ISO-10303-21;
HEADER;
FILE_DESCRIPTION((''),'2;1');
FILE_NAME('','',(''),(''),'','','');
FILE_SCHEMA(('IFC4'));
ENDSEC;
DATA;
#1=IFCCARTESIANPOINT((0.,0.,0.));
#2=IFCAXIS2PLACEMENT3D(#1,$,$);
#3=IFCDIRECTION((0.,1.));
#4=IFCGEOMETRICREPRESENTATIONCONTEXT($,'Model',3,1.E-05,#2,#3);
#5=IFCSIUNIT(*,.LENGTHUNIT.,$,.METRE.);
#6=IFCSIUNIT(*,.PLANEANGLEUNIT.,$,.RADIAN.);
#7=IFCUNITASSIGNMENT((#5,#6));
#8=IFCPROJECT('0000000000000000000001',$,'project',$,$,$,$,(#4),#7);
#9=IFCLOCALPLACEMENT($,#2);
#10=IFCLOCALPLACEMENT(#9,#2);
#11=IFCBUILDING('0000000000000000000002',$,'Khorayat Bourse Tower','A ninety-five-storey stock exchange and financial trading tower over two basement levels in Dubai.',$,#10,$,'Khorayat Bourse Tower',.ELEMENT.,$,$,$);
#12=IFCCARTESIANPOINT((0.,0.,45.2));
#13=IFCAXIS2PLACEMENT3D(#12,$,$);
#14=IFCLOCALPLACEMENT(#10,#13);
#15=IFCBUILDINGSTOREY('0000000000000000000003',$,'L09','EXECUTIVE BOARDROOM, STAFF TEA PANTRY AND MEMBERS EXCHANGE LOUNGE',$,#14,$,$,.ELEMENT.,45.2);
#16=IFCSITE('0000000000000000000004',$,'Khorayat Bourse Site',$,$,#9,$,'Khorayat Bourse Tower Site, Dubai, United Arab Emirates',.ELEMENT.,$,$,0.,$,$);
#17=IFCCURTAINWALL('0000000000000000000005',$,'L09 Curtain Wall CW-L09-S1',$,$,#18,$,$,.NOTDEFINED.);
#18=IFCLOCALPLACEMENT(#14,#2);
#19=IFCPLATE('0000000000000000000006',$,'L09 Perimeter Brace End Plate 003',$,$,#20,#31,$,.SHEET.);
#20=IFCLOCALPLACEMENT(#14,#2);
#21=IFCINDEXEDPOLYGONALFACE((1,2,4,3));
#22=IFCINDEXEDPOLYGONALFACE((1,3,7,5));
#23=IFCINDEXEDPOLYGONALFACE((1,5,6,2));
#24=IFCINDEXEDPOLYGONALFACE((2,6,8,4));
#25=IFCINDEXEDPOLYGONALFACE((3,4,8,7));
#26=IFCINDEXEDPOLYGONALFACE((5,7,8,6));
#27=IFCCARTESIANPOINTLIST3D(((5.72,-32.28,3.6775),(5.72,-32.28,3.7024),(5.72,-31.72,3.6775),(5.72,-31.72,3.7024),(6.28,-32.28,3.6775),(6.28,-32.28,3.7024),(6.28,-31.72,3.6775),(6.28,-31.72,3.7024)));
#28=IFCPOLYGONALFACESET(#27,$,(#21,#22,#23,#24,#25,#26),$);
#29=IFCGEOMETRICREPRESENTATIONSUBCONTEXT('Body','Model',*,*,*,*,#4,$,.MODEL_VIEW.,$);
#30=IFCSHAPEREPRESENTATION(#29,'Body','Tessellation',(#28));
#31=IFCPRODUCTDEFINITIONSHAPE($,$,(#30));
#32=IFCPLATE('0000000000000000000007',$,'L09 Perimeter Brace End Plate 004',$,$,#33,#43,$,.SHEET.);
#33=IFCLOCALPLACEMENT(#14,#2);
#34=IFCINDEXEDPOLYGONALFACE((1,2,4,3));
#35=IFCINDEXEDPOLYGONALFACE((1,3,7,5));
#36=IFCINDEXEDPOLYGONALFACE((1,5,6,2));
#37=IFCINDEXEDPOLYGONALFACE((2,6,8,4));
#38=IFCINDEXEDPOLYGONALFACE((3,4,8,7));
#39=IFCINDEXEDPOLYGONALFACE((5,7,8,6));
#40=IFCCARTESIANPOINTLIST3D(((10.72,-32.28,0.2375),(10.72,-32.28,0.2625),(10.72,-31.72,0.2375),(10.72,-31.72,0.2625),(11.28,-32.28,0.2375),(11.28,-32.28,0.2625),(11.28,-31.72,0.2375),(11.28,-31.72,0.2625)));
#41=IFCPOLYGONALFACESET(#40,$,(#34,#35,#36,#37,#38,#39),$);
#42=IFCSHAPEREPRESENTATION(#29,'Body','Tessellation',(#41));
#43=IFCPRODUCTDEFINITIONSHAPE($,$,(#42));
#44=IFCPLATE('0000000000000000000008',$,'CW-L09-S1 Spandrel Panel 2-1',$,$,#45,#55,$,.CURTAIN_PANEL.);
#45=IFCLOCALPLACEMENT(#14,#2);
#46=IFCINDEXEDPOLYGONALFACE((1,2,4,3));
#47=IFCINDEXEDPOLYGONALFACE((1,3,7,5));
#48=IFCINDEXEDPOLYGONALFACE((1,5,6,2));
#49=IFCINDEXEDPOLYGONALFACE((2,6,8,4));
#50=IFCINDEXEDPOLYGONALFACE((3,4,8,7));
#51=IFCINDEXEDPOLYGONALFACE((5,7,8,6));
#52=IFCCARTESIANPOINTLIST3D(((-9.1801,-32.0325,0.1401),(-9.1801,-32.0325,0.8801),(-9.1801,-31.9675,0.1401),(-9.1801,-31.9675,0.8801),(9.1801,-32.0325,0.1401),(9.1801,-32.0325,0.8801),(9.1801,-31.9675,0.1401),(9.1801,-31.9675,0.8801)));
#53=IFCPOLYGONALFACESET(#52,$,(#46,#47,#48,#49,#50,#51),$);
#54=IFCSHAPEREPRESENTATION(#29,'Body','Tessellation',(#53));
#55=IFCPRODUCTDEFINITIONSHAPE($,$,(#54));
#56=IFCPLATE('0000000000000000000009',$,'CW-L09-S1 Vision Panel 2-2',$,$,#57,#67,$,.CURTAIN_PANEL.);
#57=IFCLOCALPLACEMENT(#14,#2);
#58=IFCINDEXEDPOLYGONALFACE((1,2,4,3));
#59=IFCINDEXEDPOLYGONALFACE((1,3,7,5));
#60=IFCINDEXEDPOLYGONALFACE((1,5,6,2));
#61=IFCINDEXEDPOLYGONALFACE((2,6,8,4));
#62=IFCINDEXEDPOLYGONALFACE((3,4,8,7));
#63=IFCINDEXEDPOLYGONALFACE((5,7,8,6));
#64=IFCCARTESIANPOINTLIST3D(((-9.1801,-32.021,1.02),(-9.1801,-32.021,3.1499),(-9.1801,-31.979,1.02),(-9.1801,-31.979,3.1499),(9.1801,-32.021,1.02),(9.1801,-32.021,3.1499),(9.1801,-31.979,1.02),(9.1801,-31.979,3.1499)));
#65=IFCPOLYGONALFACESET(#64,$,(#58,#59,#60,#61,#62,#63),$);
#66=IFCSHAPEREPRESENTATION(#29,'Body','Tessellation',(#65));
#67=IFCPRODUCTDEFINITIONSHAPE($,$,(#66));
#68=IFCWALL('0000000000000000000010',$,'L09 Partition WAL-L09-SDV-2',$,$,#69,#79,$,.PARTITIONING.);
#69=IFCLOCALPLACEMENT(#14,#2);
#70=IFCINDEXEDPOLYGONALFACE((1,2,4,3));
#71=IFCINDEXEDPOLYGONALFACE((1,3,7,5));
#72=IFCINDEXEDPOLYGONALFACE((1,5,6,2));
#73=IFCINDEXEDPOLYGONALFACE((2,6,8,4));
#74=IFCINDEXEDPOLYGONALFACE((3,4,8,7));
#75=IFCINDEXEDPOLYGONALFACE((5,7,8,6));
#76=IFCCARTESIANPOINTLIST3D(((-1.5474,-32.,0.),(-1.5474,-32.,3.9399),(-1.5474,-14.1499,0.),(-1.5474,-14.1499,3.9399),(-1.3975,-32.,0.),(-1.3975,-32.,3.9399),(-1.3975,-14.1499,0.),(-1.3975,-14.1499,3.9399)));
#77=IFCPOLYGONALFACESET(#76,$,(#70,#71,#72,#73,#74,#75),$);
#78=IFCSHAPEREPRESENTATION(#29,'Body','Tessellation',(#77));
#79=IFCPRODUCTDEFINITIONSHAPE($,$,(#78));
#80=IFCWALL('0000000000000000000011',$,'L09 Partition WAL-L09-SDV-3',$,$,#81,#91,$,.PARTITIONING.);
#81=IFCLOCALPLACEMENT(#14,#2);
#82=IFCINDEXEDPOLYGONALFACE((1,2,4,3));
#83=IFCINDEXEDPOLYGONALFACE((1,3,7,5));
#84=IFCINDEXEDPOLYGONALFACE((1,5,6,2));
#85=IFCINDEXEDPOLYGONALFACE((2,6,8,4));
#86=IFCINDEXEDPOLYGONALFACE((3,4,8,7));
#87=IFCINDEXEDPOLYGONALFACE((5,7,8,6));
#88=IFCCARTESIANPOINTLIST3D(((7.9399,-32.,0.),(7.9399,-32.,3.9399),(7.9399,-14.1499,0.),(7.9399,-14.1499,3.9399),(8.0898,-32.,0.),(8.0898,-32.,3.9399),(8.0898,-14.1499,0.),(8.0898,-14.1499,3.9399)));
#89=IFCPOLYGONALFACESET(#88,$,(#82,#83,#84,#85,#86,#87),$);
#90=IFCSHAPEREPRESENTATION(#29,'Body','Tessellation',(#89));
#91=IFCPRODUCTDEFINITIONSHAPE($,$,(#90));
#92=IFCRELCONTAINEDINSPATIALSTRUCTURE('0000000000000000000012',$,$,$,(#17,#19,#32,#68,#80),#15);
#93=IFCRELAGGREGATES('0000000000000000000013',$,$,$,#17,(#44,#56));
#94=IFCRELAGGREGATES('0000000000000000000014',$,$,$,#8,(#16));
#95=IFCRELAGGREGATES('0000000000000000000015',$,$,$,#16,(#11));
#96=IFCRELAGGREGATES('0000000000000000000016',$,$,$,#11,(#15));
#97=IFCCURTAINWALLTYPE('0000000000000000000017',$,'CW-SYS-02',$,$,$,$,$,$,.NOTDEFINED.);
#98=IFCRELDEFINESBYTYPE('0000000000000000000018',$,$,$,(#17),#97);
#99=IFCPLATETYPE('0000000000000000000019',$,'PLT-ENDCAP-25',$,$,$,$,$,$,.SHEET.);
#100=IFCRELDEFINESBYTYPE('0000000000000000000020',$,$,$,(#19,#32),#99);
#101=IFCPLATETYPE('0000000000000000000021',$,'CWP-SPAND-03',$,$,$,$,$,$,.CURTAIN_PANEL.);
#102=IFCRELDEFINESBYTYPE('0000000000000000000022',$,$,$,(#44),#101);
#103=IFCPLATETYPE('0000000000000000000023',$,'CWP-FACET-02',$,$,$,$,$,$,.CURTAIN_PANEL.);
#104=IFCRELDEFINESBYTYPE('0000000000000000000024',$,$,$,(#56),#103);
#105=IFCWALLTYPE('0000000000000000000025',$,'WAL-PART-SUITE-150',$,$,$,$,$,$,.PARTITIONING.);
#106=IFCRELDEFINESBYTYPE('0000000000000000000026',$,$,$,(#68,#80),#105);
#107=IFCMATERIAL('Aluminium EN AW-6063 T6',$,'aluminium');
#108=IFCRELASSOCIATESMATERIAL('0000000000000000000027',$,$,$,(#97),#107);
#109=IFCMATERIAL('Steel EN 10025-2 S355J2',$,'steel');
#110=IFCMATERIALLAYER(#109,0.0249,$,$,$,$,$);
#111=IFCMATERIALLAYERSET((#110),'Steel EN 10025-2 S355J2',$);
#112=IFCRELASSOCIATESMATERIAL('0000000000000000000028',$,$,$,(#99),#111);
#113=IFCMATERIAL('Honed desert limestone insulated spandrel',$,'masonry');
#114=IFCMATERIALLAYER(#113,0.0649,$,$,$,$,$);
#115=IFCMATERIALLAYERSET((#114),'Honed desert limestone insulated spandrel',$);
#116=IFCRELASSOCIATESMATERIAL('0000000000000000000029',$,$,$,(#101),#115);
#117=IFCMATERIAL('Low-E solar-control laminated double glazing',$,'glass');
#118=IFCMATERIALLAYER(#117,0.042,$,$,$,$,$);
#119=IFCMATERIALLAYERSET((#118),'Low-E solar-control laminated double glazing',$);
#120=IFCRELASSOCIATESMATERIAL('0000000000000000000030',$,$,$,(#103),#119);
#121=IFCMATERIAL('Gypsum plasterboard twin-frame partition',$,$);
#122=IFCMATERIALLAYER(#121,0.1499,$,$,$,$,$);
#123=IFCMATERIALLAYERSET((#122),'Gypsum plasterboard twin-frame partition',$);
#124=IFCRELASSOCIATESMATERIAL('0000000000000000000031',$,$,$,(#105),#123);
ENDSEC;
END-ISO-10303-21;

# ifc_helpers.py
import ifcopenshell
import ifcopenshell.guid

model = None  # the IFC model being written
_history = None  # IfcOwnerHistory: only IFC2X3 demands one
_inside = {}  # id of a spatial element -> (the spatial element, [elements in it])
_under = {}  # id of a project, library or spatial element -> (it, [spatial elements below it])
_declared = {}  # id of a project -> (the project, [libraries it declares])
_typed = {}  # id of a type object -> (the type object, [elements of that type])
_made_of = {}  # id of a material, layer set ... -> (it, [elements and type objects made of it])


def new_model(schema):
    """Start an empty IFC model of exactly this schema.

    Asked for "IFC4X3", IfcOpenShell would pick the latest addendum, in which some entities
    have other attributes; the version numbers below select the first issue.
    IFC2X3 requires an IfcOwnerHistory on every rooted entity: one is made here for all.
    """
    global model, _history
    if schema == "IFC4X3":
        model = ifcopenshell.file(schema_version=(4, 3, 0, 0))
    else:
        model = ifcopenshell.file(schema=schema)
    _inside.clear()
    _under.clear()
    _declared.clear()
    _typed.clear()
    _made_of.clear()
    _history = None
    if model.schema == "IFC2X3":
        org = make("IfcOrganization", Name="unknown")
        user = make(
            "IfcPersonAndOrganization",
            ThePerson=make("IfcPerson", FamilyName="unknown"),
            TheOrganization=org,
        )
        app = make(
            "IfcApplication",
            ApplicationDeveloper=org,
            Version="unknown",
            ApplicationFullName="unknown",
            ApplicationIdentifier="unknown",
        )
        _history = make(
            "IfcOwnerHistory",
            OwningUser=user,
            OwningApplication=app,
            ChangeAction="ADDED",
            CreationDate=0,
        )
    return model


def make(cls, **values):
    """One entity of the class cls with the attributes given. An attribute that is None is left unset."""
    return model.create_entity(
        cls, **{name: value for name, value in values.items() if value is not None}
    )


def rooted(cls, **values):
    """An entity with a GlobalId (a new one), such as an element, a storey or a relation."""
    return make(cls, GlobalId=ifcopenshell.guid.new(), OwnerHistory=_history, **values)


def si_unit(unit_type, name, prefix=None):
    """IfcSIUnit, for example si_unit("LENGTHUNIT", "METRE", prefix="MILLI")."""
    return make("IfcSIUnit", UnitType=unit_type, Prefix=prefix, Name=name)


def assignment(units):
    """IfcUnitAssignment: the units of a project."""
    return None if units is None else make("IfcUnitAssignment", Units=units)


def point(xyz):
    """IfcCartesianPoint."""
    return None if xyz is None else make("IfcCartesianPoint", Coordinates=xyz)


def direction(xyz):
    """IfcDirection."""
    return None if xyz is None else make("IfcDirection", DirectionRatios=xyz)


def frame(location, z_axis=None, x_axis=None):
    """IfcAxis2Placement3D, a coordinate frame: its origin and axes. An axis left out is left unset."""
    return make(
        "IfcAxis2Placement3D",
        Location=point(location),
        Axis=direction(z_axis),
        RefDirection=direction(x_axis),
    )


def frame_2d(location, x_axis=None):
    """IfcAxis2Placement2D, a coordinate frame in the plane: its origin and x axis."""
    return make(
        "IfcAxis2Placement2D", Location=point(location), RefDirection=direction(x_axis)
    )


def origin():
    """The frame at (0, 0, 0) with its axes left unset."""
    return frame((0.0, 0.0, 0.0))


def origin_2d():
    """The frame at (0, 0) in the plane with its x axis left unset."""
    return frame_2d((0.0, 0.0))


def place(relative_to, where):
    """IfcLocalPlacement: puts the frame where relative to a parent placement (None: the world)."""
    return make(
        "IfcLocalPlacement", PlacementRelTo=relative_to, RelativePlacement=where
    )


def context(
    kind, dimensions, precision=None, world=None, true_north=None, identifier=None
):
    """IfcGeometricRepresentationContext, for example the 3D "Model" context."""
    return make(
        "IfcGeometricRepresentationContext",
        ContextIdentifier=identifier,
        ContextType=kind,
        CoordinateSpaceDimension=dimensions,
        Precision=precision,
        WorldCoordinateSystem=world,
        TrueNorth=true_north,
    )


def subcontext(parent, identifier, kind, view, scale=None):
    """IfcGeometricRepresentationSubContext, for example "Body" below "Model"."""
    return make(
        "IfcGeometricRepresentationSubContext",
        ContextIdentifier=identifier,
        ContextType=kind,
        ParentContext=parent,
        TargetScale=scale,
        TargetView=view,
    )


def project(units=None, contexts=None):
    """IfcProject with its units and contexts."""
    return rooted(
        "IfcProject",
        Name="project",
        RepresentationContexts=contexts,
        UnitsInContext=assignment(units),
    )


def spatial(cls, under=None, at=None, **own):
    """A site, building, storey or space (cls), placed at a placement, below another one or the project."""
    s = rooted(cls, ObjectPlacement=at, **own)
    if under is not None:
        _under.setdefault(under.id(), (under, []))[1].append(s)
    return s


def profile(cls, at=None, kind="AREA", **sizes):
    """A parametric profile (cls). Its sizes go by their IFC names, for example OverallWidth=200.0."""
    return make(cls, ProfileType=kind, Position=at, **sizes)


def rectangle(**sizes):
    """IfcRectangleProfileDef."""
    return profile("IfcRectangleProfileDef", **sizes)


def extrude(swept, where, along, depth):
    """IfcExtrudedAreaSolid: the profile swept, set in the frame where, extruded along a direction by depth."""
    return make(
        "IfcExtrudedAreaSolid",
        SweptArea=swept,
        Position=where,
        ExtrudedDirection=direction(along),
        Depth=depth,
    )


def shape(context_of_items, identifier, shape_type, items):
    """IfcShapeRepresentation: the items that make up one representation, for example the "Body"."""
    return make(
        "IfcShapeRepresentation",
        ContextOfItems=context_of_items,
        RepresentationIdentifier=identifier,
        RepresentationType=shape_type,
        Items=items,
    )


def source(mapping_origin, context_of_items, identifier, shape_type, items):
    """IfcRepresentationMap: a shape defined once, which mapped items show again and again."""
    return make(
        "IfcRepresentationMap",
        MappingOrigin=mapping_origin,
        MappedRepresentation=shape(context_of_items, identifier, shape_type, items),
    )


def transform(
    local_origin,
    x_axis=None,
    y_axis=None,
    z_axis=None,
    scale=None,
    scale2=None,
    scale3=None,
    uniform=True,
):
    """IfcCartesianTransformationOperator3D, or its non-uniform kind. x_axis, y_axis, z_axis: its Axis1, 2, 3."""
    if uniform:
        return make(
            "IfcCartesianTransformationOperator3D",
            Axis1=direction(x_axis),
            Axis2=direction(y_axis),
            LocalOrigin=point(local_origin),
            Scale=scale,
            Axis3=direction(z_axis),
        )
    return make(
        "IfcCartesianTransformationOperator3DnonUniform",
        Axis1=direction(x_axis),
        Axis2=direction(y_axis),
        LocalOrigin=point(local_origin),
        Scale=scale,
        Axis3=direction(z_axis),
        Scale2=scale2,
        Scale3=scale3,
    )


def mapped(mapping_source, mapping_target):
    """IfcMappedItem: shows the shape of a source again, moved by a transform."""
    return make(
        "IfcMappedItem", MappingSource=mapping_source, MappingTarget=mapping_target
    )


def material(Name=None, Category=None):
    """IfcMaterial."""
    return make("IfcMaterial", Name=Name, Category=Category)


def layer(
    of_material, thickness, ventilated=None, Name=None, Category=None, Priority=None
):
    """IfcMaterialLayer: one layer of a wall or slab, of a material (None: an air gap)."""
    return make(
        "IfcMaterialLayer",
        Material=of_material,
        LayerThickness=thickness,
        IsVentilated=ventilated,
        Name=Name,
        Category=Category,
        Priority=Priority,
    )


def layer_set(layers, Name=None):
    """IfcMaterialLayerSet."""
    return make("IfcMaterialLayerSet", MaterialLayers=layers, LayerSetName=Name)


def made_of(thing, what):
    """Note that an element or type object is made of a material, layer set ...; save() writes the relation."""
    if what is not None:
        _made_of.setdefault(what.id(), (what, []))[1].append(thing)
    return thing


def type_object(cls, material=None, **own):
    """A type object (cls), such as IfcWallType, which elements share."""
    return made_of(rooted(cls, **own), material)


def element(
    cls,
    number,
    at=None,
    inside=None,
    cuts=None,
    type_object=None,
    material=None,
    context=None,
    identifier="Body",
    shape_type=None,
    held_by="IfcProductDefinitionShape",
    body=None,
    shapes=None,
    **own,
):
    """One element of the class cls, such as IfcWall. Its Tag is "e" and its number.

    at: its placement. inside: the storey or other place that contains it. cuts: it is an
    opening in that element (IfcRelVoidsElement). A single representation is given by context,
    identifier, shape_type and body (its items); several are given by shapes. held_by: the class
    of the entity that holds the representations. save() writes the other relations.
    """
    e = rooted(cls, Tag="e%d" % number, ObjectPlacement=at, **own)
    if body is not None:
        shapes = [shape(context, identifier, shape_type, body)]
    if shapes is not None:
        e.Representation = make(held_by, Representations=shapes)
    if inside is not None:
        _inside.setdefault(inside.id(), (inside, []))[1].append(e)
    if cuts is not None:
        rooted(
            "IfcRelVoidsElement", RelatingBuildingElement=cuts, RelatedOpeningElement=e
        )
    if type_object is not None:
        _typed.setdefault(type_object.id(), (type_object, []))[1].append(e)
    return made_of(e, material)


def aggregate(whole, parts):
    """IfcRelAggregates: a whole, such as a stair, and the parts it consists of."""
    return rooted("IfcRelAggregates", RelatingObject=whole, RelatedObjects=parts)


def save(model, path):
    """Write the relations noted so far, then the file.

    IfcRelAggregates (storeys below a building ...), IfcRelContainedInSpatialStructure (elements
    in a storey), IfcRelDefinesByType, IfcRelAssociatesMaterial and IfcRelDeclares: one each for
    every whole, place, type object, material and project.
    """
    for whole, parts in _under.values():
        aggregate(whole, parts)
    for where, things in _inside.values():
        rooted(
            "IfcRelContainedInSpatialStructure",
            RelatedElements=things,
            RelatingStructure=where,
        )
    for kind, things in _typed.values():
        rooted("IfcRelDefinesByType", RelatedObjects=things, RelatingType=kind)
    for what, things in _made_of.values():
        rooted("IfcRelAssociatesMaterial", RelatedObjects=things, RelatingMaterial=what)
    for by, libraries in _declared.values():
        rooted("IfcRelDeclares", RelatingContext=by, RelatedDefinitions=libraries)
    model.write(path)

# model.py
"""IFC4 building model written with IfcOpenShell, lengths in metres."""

from ifc_helpers import new_model, si_unit, direction, frame, frame_2d, origin, origin_2d, place, context, subcontext, project, spatial, rectangle, extrude, source, transform, mapped, material, layer, layer_set, type_object, element, aggregate, save


model = new_model("IFC4")

# Units and contexts
model_context = context("Model", 3, precision=1e-05, world=origin(), true_north=direction((0.0, 1.0)))
body_context = subcontext(model_context, "Body", "Model", "MODEL_VIEW")
ifc_project = project(units=[si_unit("LENGTHUNIT", "METRE"), si_unit("PLANEANGLEUNIT", "RADIAN")], contexts=[model_context])

# Site, building, storey
site_placement = place(None, origin())
site = spatial("IfcSite", under=ifc_project, at=site_placement, Name="Khorayat Bourse Site", LongName="Khorayat Bourse Tower Site, Dubai, United Arab Emirates", CompositionType="ELEMENT", RefElevation=0.0)
building_placement = place(site_placement, origin())
building = spatial("IfcBuilding", under=site, at=building_placement, Name="Khorayat Bourse Tower", Description="A ninety-five-storey stock exchange and financial trading tower over two basement levels in Dubai.", LongName="Khorayat Bourse Tower", CompositionType="ELEMENT")
storey_placement = place(building_placement, frame((0.0, 0.0, 45.2)))
storey = spatial("IfcBuildingStorey", under=building, at=storey_placement, Name="L09", Description="EXECUTIVE BOARDROOM, STAFF TEA PANTRY AND MEMBERS EXCHANGE LOUNGE", CompositionType="ELEMENT", Elevation=45.2)

# Curtain wall
ifc_material_1 = material(Name="Aluminium EN AW-6063 T6", Category="aluminium")
curtain_wall_type = type_object("IfcCurtainWallType", Name="CW-SYS-02", PredefinedType="NOTDEFINED", material=ifc_material_1)
curtain_wall_placement = place(storey_placement, origin())
curtain_wall = element("IfcCurtainWall", 1, at=curtain_wall_placement, inside=storey, type_object=curtain_wall_type, Name="L09 Curtain Wall CW-L09-S1", PredefinedType="NOTDEFINED")

# Plates
ifc_material_2 = material(Name="Steel EN 10025-2 S355J2", Category="steel")
ifc_layer_1 = layer(ifc_material_2, 0.0249)
ifc_layer_set_1 = layer_set([ifc_layer_1], Name="Steel EN 10025-2 S355J2")
plate_type_1 = type_object("IfcPlateType", Name="PLT-ENDCAP-25", PredefinedType="SHEET", material=ifc_layer_set_1)
shared_shape_1 = source(origin(), body_context, "Body", "SweptSolid", [
    extrude(rectangle(XDim=0.5601, YDim=0.5601, at=origin_2d()), origin(), (0.0, 0.0, 1.0), 0.0249),
])
for number, where, z_axis, x_axis, name in (
    (2, (6.0, -32.0, 3.6775), (0.0, 0.0, 1.0), (1.0, 0.0, 0.0), "L09 Perimeter Brace End Plate 003"),
    (3, (11.0, -32.0, 0.2375), (0.0, 0.0, 1.0), (1.0, 0.0, 0.0), "L09 Perimeter Brace End Plate 004"),
):
    element("IfcPlate", number, at=place(storey_placement, frame(where, z_axis=z_axis, x_axis=x_axis)), inside=storey, type_object=plate_type_1, Name=name, PredefinedType="SHEET", context=body_context, shape_type="MappedRepresentation", body=[
        mapped(shared_shape_1, transform((0.0, 0.0, 0.0), scale=1.0)),
    ])

# Plates
ifc_material_3 = material(Name="Honed desert limestone insulated spandrel", Category="masonry")
ifc_layer_2 = layer(ifc_material_3, 0.0649)
ifc_layer_set_2 = layer_set([ifc_layer_2], Name="Honed desert limestone insulated spandrel")
plate_type_2 = type_object("IfcPlateType", Name="CWP-SPAND-03", PredefinedType="CURTAIN_PANEL", material=ifc_layer_set_2)
shared_shape_2 = source(origin(), body_context, "Body", "SweptSolid", [
    extrude(rectangle(XDim=18.3601, YDim=0.0649, at=origin_2d()), origin(), (0.0, 0.0, 1.0), 0.74),
])
plate_1_placement = place(storey_placement, frame((0.0, -32.0, 0.1401), z_axis=(0.0, 0.0, 1.0), x_axis=(1.0, 0.0, 0.0)))
plate_1 = element("IfcPlate", 4, at=plate_1_placement, type_object=plate_type_2, Name="CW-L09-S1 Spandrel Panel 2-1", PredefinedType="CURTAIN_PANEL", context=body_context, shape_type="MappedRepresentation", body=[
    mapped(shared_shape_2, transform((0.0, 0.0, 0.0), scale=1.0)),
])
ifc_material_4 = material(Name="Low-E solar-control laminated double glazing", Category="glass")
ifc_layer_3 = layer(ifc_material_4, 0.042)
ifc_layer_set_3 = layer_set([ifc_layer_3], Name="Low-E solar-control laminated double glazing")
plate_type_3 = type_object("IfcPlateType", Name="CWP-FACET-02", PredefinedType="CURTAIN_PANEL", material=ifc_layer_set_3)
shared_shape_3 = source(origin(), body_context, "Body", "SweptSolid", [
    extrude(rectangle(XDim=18.3601, YDim=0.042, at=origin_2d()), origin(), (0.0, 0.0, 1.0), 2.1299),
])
plate_2_placement = place(storey_placement, frame((0.0, -32.0, 1.02), z_axis=(0.0, 0.0, 1.0), x_axis=(1.0, 0.0, 0.0)))
plate_2 = element("IfcPlate", 5, at=plate_2_placement, type_object=plate_type_3, Name="CW-L09-S1 Vision Panel 2-2", PredefinedType="CURTAIN_PANEL", context=body_context, shape_type="MappedRepresentation", body=[
    mapped(shared_shape_3, transform((0.0, 0.0, 0.0), scale=1.0)),
])
aggregate(curtain_wall, [plate_1, plate_2])

# Walls
ifc_material_5 = material(Name="Gypsum plasterboard twin-frame partition")
ifc_layer_4 = layer(ifc_material_5, 0.1499)
ifc_layer_set_4 = layer_set([ifc_layer_4], Name="Gypsum plasterboard twin-frame partition")
wall_type = type_object("IfcWallType", Name="WAL-PART-SUITE-150", PredefinedType="PARTITIONING", material=ifc_layer_set_4)
shared_shape_4 = source(origin(), body_context, "Body", "SweptSolid", [
    extrude(rectangle(XDim=17.8501, YDim=0.1499, at=frame_2d((8.925, 0.0))), origin(), (0.0, 0.0, 1.0), 3.9399),
])
for number, where, z_axis, x_axis, name in (
    (6, (-1.4724, -32.0, 0.0), (0.0, 0.0, 1.0), (0.0, 1.0, 0.0), "L09 Partition WAL-L09-SDV-2"),
    (7, (8.0149, -32.0, 0.0), (0.0, 0.0, 1.0), (0.0, 1.0, 0.0), "L09 Partition WAL-L09-SDV-3"),
):
    element("IfcWall", number, at=place(storey_placement, frame(where, z_axis=z_axis, x_axis=x_axis)), inside=storey, type_object=wall_type, Name=name, PredefinedType="PARTITIONING", context=body_context, shape_type="MappedRepresentation", body=[
        mapped(shared_shape_4, transform((0.0, 0.0, 0.0), scale=1.0)),
    ])

save(model, "model.ifc")
